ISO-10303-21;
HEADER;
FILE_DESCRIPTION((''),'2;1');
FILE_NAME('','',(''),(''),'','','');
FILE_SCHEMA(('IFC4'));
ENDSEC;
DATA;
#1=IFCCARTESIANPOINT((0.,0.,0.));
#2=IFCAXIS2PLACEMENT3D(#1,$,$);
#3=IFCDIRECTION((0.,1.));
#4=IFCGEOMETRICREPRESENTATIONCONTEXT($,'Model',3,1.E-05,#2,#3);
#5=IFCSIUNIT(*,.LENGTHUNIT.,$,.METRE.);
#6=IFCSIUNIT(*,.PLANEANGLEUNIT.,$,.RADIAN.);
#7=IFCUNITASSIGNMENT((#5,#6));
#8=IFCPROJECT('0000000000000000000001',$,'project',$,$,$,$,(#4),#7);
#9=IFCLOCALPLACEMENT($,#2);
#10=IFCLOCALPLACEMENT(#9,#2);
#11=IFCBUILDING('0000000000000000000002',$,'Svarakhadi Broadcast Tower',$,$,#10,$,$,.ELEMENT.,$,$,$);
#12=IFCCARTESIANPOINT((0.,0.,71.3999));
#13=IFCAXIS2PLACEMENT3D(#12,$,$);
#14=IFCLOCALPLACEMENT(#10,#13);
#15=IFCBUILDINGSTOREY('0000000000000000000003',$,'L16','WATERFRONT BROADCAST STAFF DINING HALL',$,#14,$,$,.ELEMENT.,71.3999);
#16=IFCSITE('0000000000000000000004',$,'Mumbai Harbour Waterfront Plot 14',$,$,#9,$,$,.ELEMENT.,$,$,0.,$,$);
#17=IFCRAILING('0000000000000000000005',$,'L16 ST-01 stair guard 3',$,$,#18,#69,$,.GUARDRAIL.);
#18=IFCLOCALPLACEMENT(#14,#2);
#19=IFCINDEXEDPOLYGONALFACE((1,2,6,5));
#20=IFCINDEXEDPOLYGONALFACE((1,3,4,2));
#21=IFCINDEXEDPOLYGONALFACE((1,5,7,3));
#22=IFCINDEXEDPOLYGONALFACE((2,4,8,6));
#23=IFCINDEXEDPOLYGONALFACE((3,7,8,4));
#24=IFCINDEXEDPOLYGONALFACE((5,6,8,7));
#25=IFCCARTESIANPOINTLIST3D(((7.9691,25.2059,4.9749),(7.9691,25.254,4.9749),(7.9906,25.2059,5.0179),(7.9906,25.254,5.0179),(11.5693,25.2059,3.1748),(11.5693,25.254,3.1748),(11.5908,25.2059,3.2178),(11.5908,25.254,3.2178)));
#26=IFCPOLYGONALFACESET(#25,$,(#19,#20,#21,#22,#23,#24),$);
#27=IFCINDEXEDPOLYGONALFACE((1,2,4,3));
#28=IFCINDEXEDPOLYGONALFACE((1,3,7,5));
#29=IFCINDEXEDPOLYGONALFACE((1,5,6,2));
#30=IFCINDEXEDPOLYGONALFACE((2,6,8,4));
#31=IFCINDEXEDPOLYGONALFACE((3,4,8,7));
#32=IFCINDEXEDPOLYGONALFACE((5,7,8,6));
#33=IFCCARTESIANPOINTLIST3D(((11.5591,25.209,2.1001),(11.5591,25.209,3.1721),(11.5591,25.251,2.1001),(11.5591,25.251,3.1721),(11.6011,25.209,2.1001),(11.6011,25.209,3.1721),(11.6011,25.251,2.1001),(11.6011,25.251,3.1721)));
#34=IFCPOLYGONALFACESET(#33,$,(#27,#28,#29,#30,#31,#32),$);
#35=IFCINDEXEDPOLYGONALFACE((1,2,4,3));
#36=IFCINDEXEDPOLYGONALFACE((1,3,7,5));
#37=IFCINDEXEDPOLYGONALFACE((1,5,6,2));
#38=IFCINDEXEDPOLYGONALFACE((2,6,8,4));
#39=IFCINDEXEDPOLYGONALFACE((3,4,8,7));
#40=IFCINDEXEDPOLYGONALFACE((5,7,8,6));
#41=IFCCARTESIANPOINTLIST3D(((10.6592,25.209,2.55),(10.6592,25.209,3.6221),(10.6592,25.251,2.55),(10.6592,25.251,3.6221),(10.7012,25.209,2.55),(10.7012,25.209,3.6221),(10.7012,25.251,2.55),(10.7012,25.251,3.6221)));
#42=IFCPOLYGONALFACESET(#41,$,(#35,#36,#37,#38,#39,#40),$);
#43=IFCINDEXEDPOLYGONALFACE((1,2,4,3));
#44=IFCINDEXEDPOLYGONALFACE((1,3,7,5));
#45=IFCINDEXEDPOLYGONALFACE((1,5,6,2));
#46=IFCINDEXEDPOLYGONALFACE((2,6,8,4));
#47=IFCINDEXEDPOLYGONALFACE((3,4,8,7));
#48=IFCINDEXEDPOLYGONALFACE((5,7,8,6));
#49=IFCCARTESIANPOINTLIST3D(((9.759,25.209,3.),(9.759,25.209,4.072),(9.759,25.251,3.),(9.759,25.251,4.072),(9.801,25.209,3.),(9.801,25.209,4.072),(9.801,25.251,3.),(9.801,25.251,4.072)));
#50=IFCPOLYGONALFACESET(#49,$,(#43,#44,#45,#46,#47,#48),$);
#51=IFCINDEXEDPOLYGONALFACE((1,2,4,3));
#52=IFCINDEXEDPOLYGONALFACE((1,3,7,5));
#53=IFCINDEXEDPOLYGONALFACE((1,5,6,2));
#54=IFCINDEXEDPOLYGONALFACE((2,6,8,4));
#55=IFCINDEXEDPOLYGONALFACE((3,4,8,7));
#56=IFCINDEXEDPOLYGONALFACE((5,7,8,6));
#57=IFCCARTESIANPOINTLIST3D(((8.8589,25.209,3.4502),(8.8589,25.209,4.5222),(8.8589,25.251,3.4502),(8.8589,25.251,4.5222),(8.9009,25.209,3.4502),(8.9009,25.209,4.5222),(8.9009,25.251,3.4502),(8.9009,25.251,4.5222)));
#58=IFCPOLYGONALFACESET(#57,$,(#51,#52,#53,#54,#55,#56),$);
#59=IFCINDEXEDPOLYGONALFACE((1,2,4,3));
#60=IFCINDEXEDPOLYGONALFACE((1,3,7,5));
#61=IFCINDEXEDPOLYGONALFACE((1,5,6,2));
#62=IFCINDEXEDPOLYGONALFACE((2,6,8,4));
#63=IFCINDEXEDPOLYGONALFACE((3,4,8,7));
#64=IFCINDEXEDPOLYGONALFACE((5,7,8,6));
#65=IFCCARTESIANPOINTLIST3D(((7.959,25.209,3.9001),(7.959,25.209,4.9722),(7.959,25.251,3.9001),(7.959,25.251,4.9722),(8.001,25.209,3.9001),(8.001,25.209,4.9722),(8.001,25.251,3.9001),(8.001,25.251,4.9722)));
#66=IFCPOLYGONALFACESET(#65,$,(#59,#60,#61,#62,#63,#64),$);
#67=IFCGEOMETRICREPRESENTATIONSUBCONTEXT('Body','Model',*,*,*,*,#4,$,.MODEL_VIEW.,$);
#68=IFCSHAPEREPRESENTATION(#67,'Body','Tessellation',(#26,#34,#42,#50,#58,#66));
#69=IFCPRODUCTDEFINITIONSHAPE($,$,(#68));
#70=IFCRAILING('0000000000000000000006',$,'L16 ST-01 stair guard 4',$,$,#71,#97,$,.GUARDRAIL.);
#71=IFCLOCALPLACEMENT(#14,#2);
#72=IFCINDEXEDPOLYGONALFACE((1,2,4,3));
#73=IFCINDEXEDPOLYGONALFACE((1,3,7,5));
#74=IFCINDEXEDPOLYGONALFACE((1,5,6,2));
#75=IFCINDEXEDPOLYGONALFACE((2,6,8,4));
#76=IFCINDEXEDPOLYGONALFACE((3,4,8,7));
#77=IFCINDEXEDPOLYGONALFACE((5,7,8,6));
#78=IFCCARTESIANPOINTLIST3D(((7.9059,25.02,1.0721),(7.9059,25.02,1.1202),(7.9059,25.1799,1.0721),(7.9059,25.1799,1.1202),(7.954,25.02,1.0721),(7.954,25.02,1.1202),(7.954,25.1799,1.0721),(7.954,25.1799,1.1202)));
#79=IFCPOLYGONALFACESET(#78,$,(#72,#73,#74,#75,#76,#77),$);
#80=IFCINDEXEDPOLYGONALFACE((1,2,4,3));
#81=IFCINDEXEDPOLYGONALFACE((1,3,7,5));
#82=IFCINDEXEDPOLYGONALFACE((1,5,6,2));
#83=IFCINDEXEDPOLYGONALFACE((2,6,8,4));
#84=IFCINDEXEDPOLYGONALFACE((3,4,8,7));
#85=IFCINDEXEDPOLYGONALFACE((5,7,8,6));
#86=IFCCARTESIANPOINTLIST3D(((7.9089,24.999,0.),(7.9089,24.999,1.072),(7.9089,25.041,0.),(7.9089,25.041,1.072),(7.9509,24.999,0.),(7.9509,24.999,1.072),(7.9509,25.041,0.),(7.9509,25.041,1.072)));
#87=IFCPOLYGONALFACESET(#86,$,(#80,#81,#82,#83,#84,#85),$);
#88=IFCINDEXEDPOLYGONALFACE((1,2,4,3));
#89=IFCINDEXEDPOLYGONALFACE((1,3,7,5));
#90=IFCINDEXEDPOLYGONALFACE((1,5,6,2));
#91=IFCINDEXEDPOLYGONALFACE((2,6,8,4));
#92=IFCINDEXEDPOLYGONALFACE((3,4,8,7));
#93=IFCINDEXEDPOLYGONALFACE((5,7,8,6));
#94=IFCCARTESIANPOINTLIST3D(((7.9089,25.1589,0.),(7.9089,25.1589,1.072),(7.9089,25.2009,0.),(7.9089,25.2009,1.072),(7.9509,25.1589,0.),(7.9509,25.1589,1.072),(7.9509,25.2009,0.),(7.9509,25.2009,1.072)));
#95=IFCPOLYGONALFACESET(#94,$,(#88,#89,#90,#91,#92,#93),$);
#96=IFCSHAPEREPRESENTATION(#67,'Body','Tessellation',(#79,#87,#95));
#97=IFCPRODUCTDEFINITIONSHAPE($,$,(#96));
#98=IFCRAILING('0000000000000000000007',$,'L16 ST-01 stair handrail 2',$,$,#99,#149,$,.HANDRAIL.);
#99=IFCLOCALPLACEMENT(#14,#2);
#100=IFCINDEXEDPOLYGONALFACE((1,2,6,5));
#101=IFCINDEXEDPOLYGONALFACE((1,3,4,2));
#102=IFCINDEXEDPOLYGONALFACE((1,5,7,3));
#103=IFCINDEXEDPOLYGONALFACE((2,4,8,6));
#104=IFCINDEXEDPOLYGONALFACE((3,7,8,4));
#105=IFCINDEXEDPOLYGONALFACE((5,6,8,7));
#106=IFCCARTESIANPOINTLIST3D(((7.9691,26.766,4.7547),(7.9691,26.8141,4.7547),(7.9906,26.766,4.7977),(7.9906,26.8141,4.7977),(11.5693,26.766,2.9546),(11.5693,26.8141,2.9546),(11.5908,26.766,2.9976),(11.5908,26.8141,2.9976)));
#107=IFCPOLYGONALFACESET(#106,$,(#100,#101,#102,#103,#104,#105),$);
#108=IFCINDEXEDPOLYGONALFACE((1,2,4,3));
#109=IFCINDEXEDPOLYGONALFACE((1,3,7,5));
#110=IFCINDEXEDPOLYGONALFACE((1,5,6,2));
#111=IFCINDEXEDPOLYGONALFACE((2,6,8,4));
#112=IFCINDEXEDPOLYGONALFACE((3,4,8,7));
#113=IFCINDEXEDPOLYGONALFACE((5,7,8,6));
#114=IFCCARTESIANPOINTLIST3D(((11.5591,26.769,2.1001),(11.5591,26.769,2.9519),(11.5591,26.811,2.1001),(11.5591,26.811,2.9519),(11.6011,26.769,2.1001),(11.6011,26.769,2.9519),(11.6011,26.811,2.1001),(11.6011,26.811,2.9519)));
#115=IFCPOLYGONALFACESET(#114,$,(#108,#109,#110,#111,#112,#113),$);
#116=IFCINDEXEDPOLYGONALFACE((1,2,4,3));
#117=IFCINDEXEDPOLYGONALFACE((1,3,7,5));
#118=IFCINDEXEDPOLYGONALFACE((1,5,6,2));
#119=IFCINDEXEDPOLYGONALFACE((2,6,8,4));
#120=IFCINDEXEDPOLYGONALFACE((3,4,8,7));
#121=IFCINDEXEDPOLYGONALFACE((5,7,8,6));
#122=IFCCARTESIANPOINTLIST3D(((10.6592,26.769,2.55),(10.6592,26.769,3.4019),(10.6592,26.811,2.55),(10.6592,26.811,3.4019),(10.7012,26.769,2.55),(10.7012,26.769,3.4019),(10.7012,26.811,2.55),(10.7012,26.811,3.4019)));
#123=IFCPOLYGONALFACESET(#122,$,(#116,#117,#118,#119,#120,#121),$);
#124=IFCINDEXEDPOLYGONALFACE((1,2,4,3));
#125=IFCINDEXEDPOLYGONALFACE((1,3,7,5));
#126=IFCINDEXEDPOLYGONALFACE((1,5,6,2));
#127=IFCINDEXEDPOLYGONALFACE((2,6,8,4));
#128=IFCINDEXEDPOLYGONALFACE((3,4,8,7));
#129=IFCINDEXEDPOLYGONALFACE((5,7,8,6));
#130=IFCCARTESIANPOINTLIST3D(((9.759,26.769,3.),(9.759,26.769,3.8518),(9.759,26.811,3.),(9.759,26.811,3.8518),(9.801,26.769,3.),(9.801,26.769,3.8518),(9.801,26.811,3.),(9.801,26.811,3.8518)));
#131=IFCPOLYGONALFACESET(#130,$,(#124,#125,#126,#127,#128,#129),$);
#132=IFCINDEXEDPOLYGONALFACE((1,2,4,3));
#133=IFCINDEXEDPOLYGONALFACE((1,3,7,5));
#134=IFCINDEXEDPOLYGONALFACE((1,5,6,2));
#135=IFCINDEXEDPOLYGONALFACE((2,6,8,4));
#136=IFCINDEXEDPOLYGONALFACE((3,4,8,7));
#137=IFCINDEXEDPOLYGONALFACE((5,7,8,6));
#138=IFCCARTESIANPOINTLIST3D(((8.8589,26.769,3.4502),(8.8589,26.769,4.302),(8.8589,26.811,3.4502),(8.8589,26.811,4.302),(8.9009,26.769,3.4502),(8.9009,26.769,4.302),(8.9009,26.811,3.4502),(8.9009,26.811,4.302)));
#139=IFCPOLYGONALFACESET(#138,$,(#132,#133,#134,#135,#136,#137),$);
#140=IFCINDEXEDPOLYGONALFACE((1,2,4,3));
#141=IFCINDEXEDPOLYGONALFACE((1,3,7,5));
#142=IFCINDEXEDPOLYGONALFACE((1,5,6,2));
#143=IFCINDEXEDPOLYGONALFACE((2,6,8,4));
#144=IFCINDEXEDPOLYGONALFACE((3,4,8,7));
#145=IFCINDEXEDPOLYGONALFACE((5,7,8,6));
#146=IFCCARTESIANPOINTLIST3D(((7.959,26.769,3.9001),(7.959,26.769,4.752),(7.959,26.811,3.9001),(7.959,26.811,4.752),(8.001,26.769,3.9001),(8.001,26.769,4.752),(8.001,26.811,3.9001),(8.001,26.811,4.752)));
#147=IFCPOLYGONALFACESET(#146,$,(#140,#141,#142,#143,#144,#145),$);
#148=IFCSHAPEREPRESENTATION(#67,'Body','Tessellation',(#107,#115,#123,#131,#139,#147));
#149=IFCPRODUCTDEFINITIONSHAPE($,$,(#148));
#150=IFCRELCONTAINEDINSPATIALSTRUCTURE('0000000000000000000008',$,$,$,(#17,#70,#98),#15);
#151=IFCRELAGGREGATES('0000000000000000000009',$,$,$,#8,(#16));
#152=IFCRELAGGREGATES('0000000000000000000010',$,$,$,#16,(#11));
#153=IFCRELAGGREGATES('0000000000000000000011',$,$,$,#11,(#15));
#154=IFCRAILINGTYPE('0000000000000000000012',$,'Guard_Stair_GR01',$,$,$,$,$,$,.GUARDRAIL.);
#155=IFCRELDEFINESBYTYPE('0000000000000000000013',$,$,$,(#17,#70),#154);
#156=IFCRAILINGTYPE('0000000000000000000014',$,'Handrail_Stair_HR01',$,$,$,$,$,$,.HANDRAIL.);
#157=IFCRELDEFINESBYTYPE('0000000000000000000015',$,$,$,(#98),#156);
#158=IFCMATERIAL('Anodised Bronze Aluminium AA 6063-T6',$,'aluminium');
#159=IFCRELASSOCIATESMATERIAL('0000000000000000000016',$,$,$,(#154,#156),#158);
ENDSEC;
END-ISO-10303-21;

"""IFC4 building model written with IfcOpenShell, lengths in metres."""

from ifc_helpers import new_model, si_unit, direction, frame, origin, origin_2d, place, context, subcontext, project, spatial, rectangle, extrude, material, type_object, element, save


model = new_model("IFC4")

# Units and contexts
model_context = context("Model", 3, precision=1e-05, world=origin(), true_north=direction((0.0, 1.0)))
body_context = subcontext(model_context, "Body", "Model", "MODEL_VIEW")
ifc_project = project(units=[si_unit("LENGTHUNIT", "METRE"), si_unit("PLANEANGLEUNIT", "RADIAN")], contexts=[model_context])

# Site, building, storey
site_placement = place(None, origin())
site = spatial("IfcSite", under=ifc_project, at=site_placement, Name="Mumbai Harbour Waterfront Plot 14", CompositionType="ELEMENT", RefElevation=0.0)
building_placement = place(site_placement, origin())
building = spatial("IfcBuilding", under=site, at=building_placement, Name="Svarakhadi Broadcast Tower", CompositionType="ELEMENT")
storey_placement = place(building_placement, frame((0.0, 0.0, 71.3999)))
storey = spatial("IfcBuildingStorey", under=building, at=storey_placement, Name="L16", Description="WATERFRONT BROADCAST STAFF DINING HALL", CompositionType="ELEMENT", Elevation=71.3999)

# Railings
ifc_material_1 = material(Name="Anodised Bronze Aluminium AA 6063-T6", Category="aluminium")
railing_type_1 = type_object("IfcRailingType", Name="Guard_Stair_GR01", PredefinedType="GUARDRAIL", material=ifc_material_1)
railing_1_placement = place(storey_placement, frame((11.5801, 25.23, 2.1001)))
element("IfcRailing", 1, at=railing_1_placement, inside=storey, type_object=railing_type_1, Name="L16 ST-01 stair guard 3", PredefinedType="GUARDRAIL", context=body_context, shape_type="SweptSolid", body=[
    extrude(rectangle(XDim=0.0481, YDim=0.0481, at=origin_2d()), frame((0.0, 0.0, 1.0962), z_axis=(-0.894427, 0.0, 0.447214), x_axis=(0.0, -1.0, 0.0)), (0.0, 0.0, 1.0), 4.0251),
    extrude(rectangle(XDim=0.042, YDim=0.042, at=origin_2d()), origin(), (0.0, 0.0, 1.0), 1.072),
    extrude(rectangle(XDim=0.042, YDim=0.042, at=origin_2d()), frame((-0.8999, 0.0, 0.45)), (0.0, 0.0, 1.0), 1.072),
    extrude(rectangle(XDim=0.042, YDim=0.042, at=origin_2d()), frame((-1.8, 0.0, 0.8999)), (0.0, 0.0, 1.0), 1.072),
    extrude(rectangle(XDim=0.042, YDim=0.042, at=origin_2d()), frame((-2.7002, 0.0, 1.3501)), (0.0, 0.0, 1.0), 1.072),
    extrude(rectangle(XDim=0.042, YDim=0.042, at=origin_2d()), frame((-3.6001, 0.0, 1.8)), (0.0, 0.0, 1.0), 1.072),
])
railing_2_placement = place(storey_placement, frame((7.9299, 25.02, 0.0)))
element("IfcRailing", 2, at=railing_2_placement, inside=storey, type_object=railing_type_1, Name="L16 ST-01 stair guard 4", PredefinedType="GUARDRAIL", context=body_context, shape_type="SweptSolid", body=[
    extrude(rectangle(XDim=0.0481, YDim=0.0481, at=origin_2d()), frame((0.0, 0.0, 1.0962), z_axis=(0.0, 1.0, 0.0), x_axis=(-1.0, 0.0, 0.0)), (0.0, 0.0, 1.0), 0.1599),
    extrude(rectangle(XDim=0.042, YDim=0.042, at=origin_2d()), origin(), (0.0, 0.0, 1.0), 1.072),
    extrude(rectangle(XDim=0.042, YDim=0.042, at=origin_2d()), frame((0.0, 0.1599, 0.0)), (0.0, 0.0, 1.0), 1.072),
])
railing_type_2 = type_object("IfcRailingType", Name="Handrail_Stair_HR01", PredefinedType="HANDRAIL", material=ifc_material_1)
railing_3_placement = place(storey_placement, frame((11.5801, 26.79, 2.1001)))
element("IfcRailing", 3, at=railing_3_placement, inside=storey, type_object=railing_type_2, Name="L16 ST-01 stair handrail 2", PredefinedType="HANDRAIL", context=body_context, shape_type="SweptSolid", body=[
    extrude(rectangle(XDim=0.0481, YDim=0.0481, at=origin_2d()), frame((0.0, 0.0, 0.876), z_axis=(-0.894427, 0.0, 0.447214), x_axis=(0.0, -1.0, 0.0)), (0.0, 0.0, 1.0), 4.0251),
    extrude(rectangle(XDim=0.042, YDim=0.042, at=origin_2d()), origin(), (0.0, 0.0, 1.0), 0.8518),
    extrude(rectangle(XDim=0.042, YDim=0.042, at=origin_2d()), frame((-0.8999, 0.0, 0.45)), (0.0, 0.0, 1.0), 0.8518),
    extrude(rectangle(XDim=0.042, YDim=0.042, at=origin_2d()), frame((-1.8, 0.0, 0.8999)), (0.0, 0.0, 1.0), 0.8518),
    extrude(rectangle(XDim=0.042, YDim=0.042, at=origin_2d()), frame((-2.7002, 0.0, 1.3501)), (0.0, 0.0, 1.0), 0.8518),
    extrude(rectangle(XDim=0.042, YDim=0.042, at=origin_2d()), frame((-3.6001, 0.0, 1.8)), (0.0, 0.0, 1.0), 0.8518),
])

save(model, "model.ifc")
